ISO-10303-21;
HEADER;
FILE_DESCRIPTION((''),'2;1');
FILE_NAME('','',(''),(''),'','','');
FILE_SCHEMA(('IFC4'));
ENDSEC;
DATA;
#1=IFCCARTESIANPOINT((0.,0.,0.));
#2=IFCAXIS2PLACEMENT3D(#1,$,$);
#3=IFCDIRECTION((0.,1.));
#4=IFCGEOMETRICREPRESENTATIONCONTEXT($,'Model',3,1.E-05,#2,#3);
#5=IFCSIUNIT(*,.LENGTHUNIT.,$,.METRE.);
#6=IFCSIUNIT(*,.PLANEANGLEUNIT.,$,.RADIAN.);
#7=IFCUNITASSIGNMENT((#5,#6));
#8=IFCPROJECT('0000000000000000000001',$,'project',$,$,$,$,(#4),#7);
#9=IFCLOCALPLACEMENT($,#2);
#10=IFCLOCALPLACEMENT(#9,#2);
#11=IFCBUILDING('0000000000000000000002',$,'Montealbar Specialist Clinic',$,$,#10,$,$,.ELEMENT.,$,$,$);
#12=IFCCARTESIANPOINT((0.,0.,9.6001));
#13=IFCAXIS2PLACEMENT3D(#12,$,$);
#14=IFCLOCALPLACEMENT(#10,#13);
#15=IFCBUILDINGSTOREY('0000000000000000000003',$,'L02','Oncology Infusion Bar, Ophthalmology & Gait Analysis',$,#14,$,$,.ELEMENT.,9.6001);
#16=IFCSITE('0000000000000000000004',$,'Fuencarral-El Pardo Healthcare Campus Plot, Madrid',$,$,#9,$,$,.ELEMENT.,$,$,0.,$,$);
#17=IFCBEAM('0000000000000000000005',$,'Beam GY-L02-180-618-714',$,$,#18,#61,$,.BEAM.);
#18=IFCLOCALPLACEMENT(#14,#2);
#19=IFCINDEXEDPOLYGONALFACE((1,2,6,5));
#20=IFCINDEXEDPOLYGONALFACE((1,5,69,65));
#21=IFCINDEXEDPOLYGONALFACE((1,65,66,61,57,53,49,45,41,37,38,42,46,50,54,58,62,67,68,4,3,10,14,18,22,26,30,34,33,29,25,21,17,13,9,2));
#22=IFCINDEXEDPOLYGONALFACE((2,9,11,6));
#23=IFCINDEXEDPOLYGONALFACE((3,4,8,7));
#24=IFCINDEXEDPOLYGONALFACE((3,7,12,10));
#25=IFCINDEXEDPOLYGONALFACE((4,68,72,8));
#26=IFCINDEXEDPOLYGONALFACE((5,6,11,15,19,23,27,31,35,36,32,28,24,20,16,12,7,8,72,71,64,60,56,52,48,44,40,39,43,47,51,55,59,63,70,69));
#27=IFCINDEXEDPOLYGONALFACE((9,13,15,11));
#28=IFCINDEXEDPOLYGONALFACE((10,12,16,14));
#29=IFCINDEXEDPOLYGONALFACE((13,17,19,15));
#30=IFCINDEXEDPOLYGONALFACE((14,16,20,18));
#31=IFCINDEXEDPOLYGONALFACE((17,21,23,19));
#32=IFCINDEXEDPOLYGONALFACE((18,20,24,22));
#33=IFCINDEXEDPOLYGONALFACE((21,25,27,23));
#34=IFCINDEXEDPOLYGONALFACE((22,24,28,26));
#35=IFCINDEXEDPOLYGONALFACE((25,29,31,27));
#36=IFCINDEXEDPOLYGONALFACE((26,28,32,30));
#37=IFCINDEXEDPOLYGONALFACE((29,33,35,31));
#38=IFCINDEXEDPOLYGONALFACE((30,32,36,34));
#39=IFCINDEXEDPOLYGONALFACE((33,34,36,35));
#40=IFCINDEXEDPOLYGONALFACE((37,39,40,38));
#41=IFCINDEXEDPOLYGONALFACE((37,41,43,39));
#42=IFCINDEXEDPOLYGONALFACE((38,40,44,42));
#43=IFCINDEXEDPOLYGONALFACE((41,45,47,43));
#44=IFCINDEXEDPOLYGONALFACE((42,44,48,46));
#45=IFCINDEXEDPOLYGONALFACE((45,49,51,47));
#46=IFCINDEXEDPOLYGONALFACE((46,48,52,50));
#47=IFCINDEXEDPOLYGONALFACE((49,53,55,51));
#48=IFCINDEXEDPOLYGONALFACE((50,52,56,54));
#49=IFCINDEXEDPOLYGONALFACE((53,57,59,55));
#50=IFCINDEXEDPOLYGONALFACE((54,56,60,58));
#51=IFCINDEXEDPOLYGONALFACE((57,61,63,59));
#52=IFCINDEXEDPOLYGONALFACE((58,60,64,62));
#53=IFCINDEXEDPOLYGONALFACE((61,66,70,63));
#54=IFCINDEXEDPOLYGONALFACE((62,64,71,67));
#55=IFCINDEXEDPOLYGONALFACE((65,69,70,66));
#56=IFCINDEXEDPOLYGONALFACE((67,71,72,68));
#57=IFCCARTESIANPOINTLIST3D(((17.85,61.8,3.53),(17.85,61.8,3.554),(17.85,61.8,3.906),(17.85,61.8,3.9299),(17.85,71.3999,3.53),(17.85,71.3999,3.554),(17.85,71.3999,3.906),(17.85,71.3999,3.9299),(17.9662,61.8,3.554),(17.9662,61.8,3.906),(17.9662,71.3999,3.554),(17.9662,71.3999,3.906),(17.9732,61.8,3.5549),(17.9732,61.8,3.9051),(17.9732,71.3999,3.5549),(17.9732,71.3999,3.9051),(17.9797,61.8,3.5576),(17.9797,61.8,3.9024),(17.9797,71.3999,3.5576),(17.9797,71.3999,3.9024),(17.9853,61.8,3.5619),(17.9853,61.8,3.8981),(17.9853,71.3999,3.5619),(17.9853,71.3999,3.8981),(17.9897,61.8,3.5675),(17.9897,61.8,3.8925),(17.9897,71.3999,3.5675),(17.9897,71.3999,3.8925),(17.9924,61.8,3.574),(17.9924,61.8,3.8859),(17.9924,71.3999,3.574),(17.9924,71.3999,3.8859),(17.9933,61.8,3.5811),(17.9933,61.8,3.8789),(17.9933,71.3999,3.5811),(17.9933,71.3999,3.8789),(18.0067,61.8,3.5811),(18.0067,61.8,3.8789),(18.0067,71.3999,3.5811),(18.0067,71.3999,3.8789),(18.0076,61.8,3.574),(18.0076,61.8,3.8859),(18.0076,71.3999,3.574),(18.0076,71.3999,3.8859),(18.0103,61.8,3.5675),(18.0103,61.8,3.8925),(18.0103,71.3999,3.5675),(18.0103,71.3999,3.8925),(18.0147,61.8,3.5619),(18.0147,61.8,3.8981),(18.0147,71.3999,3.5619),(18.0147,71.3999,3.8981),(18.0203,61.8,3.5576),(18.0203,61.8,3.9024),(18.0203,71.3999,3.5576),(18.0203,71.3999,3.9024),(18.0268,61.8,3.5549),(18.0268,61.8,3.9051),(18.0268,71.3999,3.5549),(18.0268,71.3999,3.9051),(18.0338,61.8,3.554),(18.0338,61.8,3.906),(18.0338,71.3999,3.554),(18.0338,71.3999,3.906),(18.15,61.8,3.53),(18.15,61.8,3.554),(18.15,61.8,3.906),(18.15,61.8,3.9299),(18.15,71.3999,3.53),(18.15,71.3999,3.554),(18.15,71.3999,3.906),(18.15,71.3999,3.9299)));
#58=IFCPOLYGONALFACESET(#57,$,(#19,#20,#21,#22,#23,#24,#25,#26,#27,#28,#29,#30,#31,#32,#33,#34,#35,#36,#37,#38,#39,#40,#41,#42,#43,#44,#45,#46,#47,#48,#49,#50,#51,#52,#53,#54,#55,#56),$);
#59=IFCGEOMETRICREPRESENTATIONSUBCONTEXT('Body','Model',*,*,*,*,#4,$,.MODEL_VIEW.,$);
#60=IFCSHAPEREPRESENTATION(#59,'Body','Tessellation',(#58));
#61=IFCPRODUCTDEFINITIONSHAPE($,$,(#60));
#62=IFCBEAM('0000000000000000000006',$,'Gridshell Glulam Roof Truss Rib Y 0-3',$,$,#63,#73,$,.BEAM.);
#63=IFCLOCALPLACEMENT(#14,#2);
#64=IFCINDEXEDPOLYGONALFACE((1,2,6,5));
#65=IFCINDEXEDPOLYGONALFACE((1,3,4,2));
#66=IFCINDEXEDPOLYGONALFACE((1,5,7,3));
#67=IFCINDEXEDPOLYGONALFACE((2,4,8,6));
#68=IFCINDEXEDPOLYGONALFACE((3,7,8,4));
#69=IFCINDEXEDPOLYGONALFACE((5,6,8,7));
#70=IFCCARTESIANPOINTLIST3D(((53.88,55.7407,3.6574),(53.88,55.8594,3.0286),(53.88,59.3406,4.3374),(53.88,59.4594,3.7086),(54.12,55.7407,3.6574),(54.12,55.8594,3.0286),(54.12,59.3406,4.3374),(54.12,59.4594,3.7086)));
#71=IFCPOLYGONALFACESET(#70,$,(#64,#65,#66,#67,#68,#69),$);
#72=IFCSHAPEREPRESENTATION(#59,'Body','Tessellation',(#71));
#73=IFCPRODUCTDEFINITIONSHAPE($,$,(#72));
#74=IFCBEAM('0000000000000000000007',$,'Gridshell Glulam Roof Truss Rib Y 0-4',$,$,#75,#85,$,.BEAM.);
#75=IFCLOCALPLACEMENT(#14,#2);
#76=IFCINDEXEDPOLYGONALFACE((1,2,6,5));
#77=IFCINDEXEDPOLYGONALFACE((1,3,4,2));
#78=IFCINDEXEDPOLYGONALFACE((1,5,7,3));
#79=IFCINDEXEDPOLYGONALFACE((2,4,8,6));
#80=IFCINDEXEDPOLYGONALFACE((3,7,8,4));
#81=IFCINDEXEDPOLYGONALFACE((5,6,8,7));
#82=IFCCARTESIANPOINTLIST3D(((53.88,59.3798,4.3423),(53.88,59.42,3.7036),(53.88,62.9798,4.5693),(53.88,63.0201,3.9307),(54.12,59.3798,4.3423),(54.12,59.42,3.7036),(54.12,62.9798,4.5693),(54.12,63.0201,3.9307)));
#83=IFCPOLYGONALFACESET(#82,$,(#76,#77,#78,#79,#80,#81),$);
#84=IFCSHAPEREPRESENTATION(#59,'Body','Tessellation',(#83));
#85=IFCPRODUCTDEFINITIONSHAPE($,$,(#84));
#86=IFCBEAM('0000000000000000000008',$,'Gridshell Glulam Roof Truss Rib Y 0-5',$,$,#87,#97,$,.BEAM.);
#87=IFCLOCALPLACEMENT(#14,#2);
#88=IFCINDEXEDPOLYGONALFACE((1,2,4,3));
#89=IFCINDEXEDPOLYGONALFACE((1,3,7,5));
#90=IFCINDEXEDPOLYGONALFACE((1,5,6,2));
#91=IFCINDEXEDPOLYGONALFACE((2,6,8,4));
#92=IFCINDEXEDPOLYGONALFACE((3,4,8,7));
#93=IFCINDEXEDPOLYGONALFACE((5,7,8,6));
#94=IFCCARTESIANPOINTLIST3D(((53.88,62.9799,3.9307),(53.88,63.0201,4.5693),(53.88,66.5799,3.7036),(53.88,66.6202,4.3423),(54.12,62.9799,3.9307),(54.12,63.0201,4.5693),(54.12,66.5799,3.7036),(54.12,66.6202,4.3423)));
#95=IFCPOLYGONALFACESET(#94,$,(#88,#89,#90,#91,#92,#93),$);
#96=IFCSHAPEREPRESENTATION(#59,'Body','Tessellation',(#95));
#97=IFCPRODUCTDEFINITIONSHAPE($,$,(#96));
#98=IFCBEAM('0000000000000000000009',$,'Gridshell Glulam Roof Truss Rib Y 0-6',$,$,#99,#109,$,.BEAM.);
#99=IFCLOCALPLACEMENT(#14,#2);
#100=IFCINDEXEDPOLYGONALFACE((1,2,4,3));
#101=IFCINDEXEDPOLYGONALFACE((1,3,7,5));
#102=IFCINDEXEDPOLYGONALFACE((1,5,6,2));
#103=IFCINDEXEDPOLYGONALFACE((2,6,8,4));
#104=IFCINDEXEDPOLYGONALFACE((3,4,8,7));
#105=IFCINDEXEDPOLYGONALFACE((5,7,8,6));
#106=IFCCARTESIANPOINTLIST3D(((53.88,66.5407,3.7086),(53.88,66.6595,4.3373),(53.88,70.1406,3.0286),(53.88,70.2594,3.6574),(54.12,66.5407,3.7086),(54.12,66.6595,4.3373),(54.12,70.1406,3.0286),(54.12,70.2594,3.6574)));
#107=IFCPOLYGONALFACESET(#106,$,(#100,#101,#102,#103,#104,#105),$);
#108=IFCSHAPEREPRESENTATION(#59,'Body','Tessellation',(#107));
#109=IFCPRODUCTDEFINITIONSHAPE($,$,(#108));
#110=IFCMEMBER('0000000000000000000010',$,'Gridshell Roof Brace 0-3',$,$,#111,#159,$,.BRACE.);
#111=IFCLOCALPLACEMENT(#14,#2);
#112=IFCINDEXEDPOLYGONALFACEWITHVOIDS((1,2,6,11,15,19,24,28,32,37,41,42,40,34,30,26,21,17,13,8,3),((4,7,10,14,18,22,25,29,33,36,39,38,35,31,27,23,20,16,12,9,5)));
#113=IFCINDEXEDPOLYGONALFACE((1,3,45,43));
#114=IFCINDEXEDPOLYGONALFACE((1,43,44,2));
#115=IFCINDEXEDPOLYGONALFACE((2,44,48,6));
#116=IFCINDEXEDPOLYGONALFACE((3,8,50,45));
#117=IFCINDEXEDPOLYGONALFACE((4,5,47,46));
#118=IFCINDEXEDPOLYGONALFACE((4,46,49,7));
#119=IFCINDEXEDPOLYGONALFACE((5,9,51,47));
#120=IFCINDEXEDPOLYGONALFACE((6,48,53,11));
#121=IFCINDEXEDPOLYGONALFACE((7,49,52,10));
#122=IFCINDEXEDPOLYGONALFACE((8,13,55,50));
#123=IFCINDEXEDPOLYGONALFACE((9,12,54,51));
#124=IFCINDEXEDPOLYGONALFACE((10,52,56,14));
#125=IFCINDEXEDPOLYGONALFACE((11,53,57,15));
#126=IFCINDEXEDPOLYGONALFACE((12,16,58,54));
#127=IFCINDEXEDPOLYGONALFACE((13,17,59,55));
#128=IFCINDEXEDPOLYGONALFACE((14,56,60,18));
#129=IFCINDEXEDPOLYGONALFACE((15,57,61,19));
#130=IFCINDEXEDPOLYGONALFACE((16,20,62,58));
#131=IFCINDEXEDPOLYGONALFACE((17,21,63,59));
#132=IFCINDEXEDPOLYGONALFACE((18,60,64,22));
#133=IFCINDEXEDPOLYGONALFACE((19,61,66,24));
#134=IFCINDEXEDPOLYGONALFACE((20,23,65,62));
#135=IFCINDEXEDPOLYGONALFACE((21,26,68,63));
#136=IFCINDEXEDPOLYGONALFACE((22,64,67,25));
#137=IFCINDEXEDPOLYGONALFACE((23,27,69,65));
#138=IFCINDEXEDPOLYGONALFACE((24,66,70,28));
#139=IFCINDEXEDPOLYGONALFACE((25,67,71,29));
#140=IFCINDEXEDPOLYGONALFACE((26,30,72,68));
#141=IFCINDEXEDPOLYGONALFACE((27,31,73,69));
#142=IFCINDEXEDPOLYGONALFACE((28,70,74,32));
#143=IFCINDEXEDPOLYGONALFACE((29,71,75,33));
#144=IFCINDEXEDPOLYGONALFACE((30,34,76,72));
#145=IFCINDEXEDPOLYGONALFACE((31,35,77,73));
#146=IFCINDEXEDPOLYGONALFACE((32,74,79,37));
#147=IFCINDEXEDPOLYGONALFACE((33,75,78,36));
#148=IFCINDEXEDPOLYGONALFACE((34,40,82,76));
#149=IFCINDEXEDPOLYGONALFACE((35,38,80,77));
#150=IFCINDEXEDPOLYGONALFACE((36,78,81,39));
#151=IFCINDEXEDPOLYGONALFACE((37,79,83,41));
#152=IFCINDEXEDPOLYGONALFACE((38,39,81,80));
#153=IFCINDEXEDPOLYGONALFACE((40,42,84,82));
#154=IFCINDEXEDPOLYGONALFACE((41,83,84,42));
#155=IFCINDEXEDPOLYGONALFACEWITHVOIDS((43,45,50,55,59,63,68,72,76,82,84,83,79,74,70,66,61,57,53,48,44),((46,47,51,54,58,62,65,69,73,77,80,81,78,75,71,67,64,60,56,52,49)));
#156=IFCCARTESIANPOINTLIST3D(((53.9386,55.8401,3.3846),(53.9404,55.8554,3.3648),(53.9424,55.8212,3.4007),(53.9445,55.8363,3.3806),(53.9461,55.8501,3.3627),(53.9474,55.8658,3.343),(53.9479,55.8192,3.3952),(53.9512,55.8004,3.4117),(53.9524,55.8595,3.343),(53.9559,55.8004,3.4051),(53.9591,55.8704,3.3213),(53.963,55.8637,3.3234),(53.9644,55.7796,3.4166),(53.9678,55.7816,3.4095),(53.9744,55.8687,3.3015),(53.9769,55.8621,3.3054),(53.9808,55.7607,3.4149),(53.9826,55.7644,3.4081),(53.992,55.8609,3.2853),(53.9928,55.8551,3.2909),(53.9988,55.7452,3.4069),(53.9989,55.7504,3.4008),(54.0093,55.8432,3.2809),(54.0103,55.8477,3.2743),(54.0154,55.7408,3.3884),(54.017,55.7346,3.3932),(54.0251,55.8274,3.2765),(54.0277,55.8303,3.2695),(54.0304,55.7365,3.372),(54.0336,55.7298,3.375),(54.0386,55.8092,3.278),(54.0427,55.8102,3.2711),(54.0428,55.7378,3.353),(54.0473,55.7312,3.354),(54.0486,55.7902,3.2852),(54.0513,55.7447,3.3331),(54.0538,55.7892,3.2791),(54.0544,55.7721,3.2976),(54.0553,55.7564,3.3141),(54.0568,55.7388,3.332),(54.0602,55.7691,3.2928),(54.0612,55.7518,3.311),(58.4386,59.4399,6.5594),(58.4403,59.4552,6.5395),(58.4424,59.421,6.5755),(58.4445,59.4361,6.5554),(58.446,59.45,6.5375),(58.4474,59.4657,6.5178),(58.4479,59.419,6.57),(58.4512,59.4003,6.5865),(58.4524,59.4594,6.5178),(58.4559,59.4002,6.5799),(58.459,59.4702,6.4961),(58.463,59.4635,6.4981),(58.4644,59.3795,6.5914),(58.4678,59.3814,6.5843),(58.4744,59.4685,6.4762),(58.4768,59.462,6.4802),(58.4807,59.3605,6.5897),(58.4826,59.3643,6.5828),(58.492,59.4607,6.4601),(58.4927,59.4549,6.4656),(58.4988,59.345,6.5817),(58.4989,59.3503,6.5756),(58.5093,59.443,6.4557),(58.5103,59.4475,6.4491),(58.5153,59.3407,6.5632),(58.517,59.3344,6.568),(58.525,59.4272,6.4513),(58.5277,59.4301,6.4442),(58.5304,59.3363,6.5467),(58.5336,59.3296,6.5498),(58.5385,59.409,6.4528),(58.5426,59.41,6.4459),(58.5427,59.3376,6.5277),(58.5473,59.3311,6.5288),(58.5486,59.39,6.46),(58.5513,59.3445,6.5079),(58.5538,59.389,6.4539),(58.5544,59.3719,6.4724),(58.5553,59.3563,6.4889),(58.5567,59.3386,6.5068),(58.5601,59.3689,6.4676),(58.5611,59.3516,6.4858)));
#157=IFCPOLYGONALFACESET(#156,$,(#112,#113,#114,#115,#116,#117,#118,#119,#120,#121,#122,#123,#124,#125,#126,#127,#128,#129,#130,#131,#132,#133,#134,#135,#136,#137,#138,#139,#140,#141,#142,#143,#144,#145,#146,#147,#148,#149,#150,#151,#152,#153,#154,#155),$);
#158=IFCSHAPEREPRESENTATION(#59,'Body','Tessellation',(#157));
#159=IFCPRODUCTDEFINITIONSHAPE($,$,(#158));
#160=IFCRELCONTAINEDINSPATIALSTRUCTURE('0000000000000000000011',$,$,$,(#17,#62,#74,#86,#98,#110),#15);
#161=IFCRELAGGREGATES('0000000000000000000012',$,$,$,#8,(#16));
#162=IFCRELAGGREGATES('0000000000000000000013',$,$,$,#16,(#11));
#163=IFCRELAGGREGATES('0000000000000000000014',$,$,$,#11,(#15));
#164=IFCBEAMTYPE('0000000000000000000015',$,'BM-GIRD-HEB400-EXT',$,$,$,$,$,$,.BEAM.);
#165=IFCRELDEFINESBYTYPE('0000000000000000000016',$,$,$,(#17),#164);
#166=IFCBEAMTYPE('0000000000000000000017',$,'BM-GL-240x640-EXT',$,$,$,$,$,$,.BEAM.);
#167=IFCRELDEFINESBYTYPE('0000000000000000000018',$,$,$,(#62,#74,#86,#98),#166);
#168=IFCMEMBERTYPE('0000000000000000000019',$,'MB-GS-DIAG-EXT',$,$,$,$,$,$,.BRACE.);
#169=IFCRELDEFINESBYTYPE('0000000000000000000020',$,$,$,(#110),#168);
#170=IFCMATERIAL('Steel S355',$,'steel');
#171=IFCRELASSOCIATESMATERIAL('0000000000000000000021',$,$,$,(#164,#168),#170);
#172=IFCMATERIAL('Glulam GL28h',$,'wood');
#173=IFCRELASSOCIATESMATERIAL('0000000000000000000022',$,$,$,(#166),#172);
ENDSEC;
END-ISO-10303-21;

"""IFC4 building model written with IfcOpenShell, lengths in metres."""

from ifc_helpers import new_model, si_unit, direction, frame, origin, origin_2d, place, context, subcontext, project, spatial, rectangle, hollow_circle, i_section, extrude, material, material_profile, profile_set, type_object, element, save


model = new_model("IFC4")

# Units and contexts
model_context = context("Model", 3, precision=1e-05, world=origin(), true_north=direction((0.0, 1.0)))
body_context = subcontext(model_context, "Body", "Model", "MODEL_VIEW")
ifc_project = project(units=[si_unit("LENGTHUNIT", "METRE"), si_unit("PLANEANGLEUNIT", "RADIAN")], contexts=[model_context])

# Site, building, storey
site_placement = place(None, origin())
site = spatial("IfcSite", under=ifc_project, at=site_placement, Name="Fuencarral-El Pardo Healthcare Campus Plot, Madrid", CompositionType="ELEMENT", RefElevation=0.0)
building_placement = place(site_placement, origin())
building = spatial("IfcBuilding", under=site, at=building_placement, Name="Montealbar Specialist Clinic", CompositionType="ELEMENT")
storey_placement = place(building_placement, frame((0.0, 0.0, 9.6001)))
storey = spatial("IfcBuildingStorey", under=building, at=storey_placement, Name="L02", Description="Oncology Infusion Bar, Ophthalmology & Gait Analysis", CompositionType="ELEMENT", Elevation=9.6001)

# Beams
ifc_material_1 = material(Name="Steel S355", Category="steel")
ifc_material_profile_1 = material_profile(ifc_material_1, i_section(OverallWidth=0.3, OverallDepth=0.3999, WebThickness=0.0134, FlangeThickness=0.0239, FilletRadius=0.0271, at=origin_2d()), Name="HEB 400", Category="steel")
ifc_profile_set_1 = profile_set([ifc_material_profile_1], Name="Steel S355")
beam_type_1 = type_object("IfcBeamType", Name="BM-GIRD-HEB400-EXT", PredefinedType="BEAM", material=ifc_profile_set_1)
beam_1_placement = place(storey_placement, frame((18.0, 61.8, 3.73), z_axis=(0.0, 1.0, 0.0), x_axis=(-1.0, 0.0, 0.0)))
element("IfcBeam", 1, at=beam_1_placement, inside=storey, type_object=beam_type_1, Name="Beam GY-L02-180-618-714", PredefinedType="BEAM", context=body_context, shape_type="SweptSolid", body=[
    extrude(i_section(OverallWidth=0.3, OverallDepth=0.3999, WebThickness=0.0134, FlangeThickness=0.0239, FilletRadius=0.0271, at=origin_2d()), origin(), (0.0, 0.0, 1.0), 9.5999),
])
ifc_material_2 = material(Name="Glulam GL28h", Category="wood")
ifc_material_profile_2 = material_profile(ifc_material_2, rectangle(XDim=0.24, YDim=0.6399, at=origin_2d()), Name="GL28h 240x640", Category="wood")
ifc_profile_set_2 = profile_set([ifc_material_profile_2], Name="Glulam GL28h")
beam_type_2 = type_object("IfcBeamType", Name="BM-GL-240x640-EXT", PredefinedType="BEAM", material=ifc_profile_set_2)
beam_2_placement = place(storey_placement, frame((54.0, 55.8, 3.343), z_axis=(0.0, 0.982626, 0.185596), x_axis=(-1.0, 0.0, 0.0)))
element("IfcBeam", 2, at=beam_2_placement, inside=storey, type_object=beam_type_2, Name="Gridshell Glulam Roof Truss Rib Y 0-3", PredefinedType="BEAM", context=body_context, shape_type="SweptSolid", body=[
    extrude(rectangle(XDim=0.24, YDim=0.6399, at=origin_2d()), origin(), (0.0, 0.0, 1.0), 3.6636),
])
for number, where, z_axis, x_axis, name in (
    (3, (54.0, 59.3999, 4.0229), (0.0, 0.998017, 0.062943), (-1.0, 0.0, 0.0), "Gridshell Glulam Roof Truss Rib Y 0-4"),
    (4, (54.0, 63.0, 4.25), (0.0, 0.998017, -0.062943), (-1.0, 0.0, 0.0), "Gridshell Glulam Roof Truss Rib Y 0-5"),
):
    element("IfcBeam", number, at=place(storey_placement, frame(where, z_axis=z_axis, x_axis=x_axis)), inside=storey, type_object=beam_type_2, Name=name, PredefinedType="BEAM", context=body_context, shape_type="SweptSolid", body=[
        extrude(rectangle(XDim=0.24, YDim=0.6399, at=origin_2d()), origin(), (0.0, 0.0, 1.0), 3.6072),
    ])
beam_3_placement = place(storey_placement, frame((54.0, 66.6001, 4.0229), z_axis=(0.0, 0.982626, -0.185596), x_axis=(-1.0, 0.0, 0.0)))
element("IfcBeam", 5, at=beam_3_placement, inside=storey, type_object=beam_type_2, Name="Gridshell Glulam Roof Truss Rib Y 0-6", PredefinedType="BEAM", context=body_context, shape_type="SweptSolid", body=[
    extrude(rectangle(XDim=0.24, YDim=0.6399, at=origin_2d()), origin(), (0.0, 0.0, 1.0), 3.6636),
])

# Member
ifc_material_profile_3 = material_profile(ifc_material_1, hollow_circle(Radius=0.0842, WallThickness=0.0081, at=origin_2d()), Name="CHS 168.3x8.0", Category="steel")
ifc_profile_set_3 = profile_set([ifc_material_profile_3], Name="Steel S355")
member_type_1 = type_object("IfcMemberType", Name="MB-GS-DIAG-EXT", PredefinedType="BRACE", material=ifc_profile_set_3)
member_1_placement = place(storey_placement, frame((54.0, 55.8, 3.343), z_axis=(0.683954, 0.547141, 0.482538), x_axis=(-0.62468, 0.780881, 0.0)))
element("IfcMember", 6, at=member_1_placement, inside=storey, type_object=member_type_1, Name="Gridshell Roof Brace 0-3", PredefinedType="BRACE", context=body_context, shape_type="SweptSolid", body=[
    extrude(hollow_circle(Radius=0.0842, WallThickness=0.0081, at=origin_2d()), origin(), (0.0, 0.0, 1.0), 6.5793),
])

save(model, "model.ifc")
